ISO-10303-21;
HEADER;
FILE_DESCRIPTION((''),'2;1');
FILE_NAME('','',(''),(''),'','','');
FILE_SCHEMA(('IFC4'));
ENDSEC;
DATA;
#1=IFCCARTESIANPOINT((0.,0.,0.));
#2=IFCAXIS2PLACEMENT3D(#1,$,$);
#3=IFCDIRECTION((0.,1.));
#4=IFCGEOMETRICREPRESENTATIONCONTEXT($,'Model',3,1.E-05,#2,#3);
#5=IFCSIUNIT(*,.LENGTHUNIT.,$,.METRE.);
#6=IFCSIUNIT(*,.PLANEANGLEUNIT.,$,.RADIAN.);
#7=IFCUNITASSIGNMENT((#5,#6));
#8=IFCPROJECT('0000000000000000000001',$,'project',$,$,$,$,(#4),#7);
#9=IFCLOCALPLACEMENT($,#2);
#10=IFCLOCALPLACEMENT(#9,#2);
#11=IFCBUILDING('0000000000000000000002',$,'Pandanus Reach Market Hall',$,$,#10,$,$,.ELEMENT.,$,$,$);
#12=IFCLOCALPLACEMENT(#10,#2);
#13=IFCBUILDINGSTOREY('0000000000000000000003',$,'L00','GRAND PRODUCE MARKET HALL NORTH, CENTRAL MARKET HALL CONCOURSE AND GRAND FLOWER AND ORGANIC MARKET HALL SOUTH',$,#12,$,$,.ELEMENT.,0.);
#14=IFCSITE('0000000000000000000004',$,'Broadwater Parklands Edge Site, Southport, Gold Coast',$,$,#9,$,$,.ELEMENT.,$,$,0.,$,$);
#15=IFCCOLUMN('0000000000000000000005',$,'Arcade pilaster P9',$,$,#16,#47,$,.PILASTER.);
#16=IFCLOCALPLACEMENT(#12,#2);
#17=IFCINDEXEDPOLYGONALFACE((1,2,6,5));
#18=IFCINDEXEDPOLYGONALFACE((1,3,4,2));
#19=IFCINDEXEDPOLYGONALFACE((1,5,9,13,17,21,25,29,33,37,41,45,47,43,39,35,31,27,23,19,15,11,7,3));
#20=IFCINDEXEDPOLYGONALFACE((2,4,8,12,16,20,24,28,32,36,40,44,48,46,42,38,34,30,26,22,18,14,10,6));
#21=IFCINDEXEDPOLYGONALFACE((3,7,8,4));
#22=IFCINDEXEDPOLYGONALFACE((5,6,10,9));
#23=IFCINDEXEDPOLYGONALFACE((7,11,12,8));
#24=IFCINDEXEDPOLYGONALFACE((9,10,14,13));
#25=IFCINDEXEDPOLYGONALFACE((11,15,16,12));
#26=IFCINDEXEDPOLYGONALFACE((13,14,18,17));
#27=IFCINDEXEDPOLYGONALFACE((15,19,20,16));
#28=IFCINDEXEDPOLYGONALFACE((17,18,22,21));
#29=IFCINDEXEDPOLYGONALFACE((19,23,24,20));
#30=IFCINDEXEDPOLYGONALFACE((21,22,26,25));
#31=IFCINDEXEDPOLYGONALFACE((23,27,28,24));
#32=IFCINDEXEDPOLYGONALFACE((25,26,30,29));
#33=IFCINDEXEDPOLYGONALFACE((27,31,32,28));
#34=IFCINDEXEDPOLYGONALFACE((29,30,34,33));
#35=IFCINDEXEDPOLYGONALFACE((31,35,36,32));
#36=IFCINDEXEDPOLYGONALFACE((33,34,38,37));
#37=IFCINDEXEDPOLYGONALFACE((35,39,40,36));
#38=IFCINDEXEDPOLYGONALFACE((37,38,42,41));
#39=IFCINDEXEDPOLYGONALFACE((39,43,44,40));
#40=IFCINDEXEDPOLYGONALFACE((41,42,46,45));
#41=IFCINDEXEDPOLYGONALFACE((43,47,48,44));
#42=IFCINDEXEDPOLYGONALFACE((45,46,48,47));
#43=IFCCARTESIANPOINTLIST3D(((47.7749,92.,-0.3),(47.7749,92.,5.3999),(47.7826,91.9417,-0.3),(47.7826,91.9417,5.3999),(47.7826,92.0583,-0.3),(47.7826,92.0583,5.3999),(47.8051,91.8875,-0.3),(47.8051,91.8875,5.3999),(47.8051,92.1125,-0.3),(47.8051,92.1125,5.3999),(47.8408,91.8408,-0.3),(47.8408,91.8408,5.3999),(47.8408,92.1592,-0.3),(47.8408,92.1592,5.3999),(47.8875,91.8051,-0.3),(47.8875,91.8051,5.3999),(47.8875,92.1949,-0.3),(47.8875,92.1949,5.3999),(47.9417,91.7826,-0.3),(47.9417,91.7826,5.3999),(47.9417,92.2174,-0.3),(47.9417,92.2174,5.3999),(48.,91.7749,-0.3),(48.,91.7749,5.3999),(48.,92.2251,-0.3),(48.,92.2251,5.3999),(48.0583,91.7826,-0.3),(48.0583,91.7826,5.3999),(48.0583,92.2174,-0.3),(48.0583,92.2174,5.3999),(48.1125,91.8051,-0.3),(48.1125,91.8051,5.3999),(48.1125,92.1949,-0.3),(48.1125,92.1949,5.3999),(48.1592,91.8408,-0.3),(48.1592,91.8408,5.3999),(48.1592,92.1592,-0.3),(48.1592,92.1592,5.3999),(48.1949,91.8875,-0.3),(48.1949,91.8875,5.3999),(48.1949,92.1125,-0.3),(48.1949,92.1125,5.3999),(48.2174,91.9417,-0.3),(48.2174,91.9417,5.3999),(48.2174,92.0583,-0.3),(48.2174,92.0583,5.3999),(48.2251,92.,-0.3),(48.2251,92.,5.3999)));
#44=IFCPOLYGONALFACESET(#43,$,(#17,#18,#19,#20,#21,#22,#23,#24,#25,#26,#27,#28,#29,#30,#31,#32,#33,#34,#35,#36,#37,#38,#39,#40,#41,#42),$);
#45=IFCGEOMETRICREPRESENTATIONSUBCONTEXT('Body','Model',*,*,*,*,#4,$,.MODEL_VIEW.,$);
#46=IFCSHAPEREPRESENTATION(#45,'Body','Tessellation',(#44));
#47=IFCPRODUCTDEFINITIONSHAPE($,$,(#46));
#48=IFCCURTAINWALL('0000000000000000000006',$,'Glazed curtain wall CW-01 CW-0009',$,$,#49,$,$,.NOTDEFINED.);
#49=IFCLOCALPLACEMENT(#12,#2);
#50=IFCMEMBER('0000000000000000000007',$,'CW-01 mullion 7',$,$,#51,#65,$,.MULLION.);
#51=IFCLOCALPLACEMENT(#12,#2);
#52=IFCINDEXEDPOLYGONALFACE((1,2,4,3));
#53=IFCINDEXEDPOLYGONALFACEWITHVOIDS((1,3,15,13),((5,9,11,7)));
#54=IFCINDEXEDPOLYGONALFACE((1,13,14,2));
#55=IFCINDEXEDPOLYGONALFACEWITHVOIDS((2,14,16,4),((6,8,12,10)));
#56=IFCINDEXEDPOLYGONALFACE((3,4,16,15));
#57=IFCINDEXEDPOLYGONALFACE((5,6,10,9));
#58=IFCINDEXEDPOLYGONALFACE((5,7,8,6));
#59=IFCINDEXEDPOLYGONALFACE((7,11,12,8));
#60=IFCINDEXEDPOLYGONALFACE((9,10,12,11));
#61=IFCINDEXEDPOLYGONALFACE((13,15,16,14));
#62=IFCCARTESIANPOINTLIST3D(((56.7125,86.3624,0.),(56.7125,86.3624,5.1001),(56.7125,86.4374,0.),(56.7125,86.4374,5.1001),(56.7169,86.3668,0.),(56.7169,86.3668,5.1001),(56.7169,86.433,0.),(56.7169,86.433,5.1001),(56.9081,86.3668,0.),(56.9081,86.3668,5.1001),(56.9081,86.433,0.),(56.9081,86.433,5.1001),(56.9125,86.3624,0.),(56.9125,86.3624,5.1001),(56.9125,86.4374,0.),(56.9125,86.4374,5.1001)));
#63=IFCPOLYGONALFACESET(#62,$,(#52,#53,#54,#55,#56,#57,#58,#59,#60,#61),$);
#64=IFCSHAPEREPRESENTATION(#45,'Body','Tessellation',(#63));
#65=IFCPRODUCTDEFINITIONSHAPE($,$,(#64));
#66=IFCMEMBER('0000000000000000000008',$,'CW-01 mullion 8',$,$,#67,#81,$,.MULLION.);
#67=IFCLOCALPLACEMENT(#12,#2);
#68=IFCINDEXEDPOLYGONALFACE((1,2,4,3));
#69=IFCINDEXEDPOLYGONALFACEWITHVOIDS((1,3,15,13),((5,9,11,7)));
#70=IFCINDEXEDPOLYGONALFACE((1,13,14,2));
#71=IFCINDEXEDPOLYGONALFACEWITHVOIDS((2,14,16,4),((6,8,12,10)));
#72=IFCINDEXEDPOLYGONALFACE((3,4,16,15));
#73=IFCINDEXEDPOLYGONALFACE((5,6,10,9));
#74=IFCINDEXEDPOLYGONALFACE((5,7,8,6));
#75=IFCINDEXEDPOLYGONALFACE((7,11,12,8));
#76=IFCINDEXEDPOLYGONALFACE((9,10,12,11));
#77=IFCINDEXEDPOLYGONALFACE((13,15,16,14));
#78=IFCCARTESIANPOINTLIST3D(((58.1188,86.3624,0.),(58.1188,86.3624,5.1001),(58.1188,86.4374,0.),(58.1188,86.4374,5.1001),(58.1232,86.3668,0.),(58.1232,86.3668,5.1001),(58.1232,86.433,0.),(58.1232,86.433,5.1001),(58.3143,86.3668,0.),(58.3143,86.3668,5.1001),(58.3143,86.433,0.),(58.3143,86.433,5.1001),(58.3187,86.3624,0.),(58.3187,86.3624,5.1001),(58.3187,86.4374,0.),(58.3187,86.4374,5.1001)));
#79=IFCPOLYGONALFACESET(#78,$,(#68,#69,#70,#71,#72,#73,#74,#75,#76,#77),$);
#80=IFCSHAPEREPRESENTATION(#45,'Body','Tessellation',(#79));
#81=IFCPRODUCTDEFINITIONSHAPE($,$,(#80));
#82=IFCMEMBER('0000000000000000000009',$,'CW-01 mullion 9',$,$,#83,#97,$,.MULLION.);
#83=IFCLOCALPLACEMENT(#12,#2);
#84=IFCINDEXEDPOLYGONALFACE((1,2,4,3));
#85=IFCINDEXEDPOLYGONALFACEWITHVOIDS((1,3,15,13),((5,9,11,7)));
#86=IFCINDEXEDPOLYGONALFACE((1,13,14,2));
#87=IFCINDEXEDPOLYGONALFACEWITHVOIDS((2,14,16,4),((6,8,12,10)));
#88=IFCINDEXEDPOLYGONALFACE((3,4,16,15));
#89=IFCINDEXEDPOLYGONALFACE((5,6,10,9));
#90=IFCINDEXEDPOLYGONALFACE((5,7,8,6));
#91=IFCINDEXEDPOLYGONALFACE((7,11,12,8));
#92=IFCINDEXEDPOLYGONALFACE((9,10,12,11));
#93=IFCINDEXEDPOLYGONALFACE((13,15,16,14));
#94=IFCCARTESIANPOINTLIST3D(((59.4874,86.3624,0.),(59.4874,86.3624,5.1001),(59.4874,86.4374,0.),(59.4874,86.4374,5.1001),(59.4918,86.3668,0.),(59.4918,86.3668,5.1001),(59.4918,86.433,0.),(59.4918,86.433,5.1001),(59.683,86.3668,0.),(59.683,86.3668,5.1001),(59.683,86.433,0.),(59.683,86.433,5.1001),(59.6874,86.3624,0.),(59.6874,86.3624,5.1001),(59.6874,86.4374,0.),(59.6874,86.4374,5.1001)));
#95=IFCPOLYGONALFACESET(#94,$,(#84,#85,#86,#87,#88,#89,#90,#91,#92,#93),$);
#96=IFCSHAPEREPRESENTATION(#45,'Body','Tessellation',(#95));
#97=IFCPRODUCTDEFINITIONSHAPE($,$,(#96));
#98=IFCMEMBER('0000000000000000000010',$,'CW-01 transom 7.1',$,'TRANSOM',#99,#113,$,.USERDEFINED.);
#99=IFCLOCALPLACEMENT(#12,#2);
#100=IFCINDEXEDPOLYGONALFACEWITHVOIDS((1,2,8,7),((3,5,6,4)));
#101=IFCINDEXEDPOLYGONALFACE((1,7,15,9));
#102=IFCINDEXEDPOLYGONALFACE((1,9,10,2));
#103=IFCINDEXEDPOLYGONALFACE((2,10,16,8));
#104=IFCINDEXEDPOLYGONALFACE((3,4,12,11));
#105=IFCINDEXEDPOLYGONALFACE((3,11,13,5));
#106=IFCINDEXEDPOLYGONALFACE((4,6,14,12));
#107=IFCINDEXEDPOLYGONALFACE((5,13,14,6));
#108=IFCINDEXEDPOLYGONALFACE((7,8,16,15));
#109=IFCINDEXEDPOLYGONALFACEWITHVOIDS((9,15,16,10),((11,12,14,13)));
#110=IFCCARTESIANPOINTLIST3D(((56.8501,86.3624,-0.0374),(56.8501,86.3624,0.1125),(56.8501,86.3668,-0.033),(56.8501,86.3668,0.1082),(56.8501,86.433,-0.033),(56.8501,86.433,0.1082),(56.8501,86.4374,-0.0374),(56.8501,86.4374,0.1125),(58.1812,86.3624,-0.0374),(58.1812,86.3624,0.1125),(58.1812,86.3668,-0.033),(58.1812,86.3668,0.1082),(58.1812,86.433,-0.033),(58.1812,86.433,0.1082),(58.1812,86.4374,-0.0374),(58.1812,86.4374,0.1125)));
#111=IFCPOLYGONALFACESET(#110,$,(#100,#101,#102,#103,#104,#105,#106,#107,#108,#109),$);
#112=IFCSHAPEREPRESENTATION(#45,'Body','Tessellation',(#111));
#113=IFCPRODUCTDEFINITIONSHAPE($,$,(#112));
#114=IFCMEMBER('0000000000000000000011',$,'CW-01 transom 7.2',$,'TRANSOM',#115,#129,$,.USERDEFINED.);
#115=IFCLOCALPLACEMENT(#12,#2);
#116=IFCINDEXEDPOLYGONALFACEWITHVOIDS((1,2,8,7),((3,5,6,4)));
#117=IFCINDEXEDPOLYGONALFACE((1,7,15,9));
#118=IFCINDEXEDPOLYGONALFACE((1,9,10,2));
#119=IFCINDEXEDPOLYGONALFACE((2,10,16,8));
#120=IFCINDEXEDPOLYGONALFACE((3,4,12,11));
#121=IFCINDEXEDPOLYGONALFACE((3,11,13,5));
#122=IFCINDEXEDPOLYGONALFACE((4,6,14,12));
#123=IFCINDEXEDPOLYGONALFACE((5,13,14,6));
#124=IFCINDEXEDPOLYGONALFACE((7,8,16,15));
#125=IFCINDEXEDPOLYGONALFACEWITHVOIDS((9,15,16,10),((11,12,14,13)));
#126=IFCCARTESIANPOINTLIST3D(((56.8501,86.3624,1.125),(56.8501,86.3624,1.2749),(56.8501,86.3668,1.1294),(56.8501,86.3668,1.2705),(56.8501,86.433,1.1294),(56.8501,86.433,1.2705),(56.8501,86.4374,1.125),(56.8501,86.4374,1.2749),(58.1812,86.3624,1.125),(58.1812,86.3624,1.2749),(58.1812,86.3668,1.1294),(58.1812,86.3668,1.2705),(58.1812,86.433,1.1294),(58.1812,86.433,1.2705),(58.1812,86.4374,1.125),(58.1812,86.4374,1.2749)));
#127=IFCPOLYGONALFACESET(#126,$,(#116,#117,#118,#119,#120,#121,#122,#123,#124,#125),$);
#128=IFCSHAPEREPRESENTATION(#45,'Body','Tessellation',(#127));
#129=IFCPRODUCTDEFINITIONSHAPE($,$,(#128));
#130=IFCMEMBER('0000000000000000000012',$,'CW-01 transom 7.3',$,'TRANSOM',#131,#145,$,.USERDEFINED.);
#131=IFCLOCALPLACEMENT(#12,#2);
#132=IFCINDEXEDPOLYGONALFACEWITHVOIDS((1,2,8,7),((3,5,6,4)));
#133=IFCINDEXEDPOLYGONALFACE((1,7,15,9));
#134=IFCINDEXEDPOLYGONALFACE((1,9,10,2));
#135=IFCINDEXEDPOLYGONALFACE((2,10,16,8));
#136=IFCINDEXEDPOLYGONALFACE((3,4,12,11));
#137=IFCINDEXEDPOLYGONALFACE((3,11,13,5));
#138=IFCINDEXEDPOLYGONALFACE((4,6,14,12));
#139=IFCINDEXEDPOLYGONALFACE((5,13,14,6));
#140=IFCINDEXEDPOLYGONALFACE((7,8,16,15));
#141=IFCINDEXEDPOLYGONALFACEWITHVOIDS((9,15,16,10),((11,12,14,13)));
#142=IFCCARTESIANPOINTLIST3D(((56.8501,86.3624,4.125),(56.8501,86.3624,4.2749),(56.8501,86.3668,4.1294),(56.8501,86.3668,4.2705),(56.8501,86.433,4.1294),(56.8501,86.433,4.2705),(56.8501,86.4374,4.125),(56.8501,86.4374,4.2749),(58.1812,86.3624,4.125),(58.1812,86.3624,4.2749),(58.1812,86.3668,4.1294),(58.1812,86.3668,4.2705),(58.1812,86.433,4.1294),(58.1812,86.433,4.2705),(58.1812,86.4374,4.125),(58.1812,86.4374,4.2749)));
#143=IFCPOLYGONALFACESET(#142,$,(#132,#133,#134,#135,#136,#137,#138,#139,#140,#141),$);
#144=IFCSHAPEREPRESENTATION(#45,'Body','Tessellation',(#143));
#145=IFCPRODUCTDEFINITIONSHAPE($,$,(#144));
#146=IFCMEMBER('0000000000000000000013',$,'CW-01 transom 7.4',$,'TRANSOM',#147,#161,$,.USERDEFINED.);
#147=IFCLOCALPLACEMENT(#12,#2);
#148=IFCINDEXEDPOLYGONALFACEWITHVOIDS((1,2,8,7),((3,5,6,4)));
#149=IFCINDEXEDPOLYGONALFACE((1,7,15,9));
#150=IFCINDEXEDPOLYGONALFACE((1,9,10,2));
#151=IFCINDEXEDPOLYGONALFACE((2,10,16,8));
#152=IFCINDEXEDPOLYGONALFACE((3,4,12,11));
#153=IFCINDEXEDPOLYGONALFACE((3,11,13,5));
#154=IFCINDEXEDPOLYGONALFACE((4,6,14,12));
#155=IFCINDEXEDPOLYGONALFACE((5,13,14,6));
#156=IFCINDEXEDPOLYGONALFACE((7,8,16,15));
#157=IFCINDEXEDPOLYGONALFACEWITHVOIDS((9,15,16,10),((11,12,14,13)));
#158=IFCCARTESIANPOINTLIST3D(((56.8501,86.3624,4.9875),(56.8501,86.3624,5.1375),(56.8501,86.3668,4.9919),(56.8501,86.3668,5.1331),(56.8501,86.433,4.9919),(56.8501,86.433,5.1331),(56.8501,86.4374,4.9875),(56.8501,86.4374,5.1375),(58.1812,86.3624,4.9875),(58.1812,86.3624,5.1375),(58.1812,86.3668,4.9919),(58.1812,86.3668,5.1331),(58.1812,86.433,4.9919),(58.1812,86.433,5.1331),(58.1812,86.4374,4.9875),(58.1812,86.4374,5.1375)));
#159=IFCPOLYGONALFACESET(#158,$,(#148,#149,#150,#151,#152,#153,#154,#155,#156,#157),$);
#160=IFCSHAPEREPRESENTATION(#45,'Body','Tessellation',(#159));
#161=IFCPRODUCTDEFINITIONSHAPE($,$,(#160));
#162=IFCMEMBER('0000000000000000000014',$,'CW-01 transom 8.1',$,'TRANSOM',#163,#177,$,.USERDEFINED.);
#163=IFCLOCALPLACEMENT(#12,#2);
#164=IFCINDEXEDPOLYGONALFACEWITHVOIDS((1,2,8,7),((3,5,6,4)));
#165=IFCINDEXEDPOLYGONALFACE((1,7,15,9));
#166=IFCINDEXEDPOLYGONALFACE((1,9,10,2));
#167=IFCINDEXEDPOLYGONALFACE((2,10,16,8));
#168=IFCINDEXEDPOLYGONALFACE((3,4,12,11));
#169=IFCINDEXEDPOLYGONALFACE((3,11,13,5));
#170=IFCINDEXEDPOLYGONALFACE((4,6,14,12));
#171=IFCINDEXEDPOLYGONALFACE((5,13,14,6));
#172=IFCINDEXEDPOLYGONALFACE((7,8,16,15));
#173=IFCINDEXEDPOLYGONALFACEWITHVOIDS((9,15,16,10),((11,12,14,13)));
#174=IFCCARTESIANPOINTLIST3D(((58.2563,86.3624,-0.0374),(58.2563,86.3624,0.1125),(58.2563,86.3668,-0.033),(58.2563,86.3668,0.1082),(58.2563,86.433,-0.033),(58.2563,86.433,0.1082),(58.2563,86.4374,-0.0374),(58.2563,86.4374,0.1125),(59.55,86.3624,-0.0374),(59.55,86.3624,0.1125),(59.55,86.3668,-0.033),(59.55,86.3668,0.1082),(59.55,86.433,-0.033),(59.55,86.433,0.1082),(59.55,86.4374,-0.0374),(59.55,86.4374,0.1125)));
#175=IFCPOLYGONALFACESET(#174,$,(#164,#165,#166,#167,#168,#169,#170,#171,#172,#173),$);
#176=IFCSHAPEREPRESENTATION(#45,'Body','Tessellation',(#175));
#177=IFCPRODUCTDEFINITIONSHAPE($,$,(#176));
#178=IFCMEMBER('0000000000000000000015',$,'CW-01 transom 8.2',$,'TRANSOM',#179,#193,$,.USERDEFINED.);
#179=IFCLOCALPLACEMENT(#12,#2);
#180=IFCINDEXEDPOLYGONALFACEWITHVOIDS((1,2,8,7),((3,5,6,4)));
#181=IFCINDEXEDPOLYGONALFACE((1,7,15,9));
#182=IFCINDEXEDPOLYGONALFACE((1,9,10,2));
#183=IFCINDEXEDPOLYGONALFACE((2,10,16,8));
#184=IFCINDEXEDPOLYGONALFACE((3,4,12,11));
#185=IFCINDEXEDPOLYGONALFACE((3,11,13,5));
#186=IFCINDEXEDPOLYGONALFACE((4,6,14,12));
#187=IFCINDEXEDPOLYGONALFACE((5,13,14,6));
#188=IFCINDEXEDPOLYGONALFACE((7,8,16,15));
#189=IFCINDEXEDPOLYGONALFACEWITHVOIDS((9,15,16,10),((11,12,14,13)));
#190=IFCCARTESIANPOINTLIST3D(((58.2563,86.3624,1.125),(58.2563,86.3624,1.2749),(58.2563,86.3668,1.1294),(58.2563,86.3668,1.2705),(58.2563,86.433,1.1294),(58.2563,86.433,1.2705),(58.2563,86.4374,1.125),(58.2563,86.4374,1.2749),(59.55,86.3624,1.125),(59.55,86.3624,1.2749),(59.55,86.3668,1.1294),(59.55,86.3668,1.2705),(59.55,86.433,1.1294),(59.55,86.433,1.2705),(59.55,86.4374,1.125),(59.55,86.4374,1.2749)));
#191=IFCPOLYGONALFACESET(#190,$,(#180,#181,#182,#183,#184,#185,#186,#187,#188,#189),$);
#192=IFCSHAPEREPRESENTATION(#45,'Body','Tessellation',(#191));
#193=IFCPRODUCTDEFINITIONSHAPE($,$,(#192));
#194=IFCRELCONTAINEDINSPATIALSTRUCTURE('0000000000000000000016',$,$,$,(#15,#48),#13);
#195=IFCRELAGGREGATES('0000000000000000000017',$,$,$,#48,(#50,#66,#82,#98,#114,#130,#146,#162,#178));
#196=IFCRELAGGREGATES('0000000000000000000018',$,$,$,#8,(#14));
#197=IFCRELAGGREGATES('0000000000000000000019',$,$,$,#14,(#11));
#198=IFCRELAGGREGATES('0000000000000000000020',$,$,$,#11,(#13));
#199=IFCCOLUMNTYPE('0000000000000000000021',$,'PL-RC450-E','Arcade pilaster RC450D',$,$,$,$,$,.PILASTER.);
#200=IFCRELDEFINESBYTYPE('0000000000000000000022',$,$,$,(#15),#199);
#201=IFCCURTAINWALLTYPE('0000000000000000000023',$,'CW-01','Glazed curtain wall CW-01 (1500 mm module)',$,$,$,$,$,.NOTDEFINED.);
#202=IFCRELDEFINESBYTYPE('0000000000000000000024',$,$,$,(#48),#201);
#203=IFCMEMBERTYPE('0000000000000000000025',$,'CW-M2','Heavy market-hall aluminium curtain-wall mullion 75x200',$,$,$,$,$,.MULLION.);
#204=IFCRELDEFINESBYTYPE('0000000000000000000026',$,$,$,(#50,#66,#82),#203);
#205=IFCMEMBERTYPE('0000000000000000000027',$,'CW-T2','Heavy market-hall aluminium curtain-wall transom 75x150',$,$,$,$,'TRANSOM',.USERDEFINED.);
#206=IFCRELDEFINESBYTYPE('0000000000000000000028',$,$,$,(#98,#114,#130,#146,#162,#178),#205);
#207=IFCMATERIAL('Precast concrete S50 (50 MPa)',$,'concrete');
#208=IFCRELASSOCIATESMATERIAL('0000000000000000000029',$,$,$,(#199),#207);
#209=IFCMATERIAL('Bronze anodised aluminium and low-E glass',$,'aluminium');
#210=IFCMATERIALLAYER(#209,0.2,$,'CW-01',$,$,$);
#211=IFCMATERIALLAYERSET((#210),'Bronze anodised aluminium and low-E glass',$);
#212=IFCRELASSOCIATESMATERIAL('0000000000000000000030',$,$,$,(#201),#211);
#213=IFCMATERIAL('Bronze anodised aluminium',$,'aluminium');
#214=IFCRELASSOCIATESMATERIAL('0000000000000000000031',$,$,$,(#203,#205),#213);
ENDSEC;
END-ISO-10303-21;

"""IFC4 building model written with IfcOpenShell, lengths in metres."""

from ifc_helpers import new_model, si_unit, direction, frame, origin, origin_2d, place, context, subcontext, project, spatial, hollow_rectangle, circle, extrude, material, layer, layer_set, material_profile, profile_set, type_object, element, aggregate, save


model = new_model("IFC4")

# Units and contexts
model_context = context("Model", 3, precision=1e-05, world=origin(), true_north=direction((0.0, 1.0)))
body_context = subcontext(model_context, "Body", "Model", "MODEL_VIEW")
ifc_project = project(units=[si_unit("LENGTHUNIT", "METRE"), si_unit("PLANEANGLEUNIT", "RADIAN")], contexts=[model_context])

# Site, building, storey
site_placement = place(None, origin())
site = spatial("IfcSite", under=ifc_project, at=site_placement, Name="Broadwater Parklands Edge Site, Southport, Gold Coast", CompositionType="ELEMENT", RefElevation=0.0)
building_placement = place(site_placement, origin())
building = spatial("IfcBuilding", under=site, at=building_placement, Name="Pandanus Reach Market Hall", CompositionType="ELEMENT")
storey_placement = place(building_placement, origin())
storey = spatial("IfcBuildingStorey", under=building, at=storey_placement, Name="L00", Description="GRAND PRODUCE MARKET HALL NORTH, CENTRAL MARKET HALL CONCOURSE AND GRAND FLOWER AND ORGANIC MARKET HALL SOUTH", CompositionType="ELEMENT", Elevation=0.0)

# Column
ifc_material_1 = material(Name="Precast concrete S50 (50 MPa)", Category="concrete")
ifc_material_profile_1 = material_profile(ifc_material_1, circle(Radius=0.2251, at=origin_2d()), Name="RC450D", Category="LoadBearing")
ifc_profile_set_1 = profile_set([ifc_material_profile_1], Name="Precast concrete S50 (50 MPa)")
column_type = type_object("IfcColumnType", Name="PL-RC450-E", Description="Arcade pilaster RC450D", PredefinedType="PILASTER", material=ifc_profile_set_1)
column_placement = place(storey_placement, frame((48.0, 92.0, -0.3), z_axis=(0.0, 0.0, 1.0), x_axis=(1.0, 0.0, 0.0)))
element("IfcColumn", 1, at=column_placement, inside=storey, type_object=column_type, Name="Arcade pilaster P9", PredefinedType="PILASTER", context=body_context, shape_type="SweptSolid", body=[
    extrude(circle(Radius=0.2251, at=origin_2d()), origin(), (0.0, 0.0, 1.0), 5.7),
])

# Curtain wall, members
ifc_material_2 = material(Name="Bronze anodised aluminium and low-E glass", Category="aluminium")
ifc_layer_1 = layer(ifc_material_2, 0.2, Name="CW-01")
ifc_layer_set_1 = layer_set([ifc_layer_1], Name="Bronze anodised aluminium and low-E glass")
curtain_wall_type = type_object("IfcCurtainWallType", Name="CW-01", Description="Glazed curtain wall CW-01 (1500 mm module)", PredefinedType="NOTDEFINED", material=ifc_layer_set_1)
curtain_wall_placement = place(storey_placement, origin())
curtain_wall = element("IfcCurtainWall", 2, at=curtain_wall_placement, inside=storey, type_object=curtain_wall_type, Name="Glazed curtain wall CW-01 CW-0009", PredefinedType="NOTDEFINED")
ifc_material_3 = material(Name="Bronze anodised aluminium", Category="aluminium")
ifc_material_profile_2 = material_profile(ifc_material_3, hollow_rectangle(XDim=0.075, YDim=0.2, WallThickness=0.0044, at=origin_2d()), Name="ALU75x200", Category="LoadBearing")
ifc_profile_set_2 = profile_set([ifc_material_profile_2], Name="Bronze anodised aluminium")
member_type_1 = type_object("IfcMemberType", Name="CW-M2", Description="Heavy market-hall aluminium curtain-wall mullion 75x200", PredefinedType="MULLION", material=ifc_profile_set_2)
member_1_placement = place(storey_placement, frame((56.8125, 86.3999, 0.0), z_axis=(0.0, 0.0, 1.0), x_axis=(0.0, 1.0, 0.0)))
member_1 = element("IfcMember", 3, at=member_1_placement, type_object=member_type_1, Name="CW-01 mullion 7", PredefinedType="MULLION", context=body_context, shape_type="SweptSolid", body=[
    extrude(hollow_rectangle(XDim=0.075, YDim=0.2, WallThickness=0.0044, at=origin_2d()), origin(), (0.0, 0.0, 1.0), 5.1001),
])
member_2_placement = place(storey_placement, frame((58.2188, 86.3999, 0.0), z_axis=(0.0, 0.0, 1.0), x_axis=(0.0, 1.0, 0.0)))
member_2 = element("IfcMember", 4, at=member_2_placement, type_object=member_type_1, Name="CW-01 mullion 8", PredefinedType="MULLION", context=body_context, shape_type="SweptSolid", body=[
    extrude(hollow_rectangle(XDim=0.075, YDim=0.2, WallThickness=0.0044, at=origin_2d()), origin(), (0.0, 0.0, 1.0), 5.1001),
])
member_3_placement = place(storey_placement, frame((59.5874, 86.3999, 0.0), z_axis=(0.0, 0.0, 1.0), x_axis=(0.0, 1.0, 0.0)))
member_3 = element("IfcMember", 5, at=member_3_placement, type_object=member_type_1, Name="CW-01 mullion 9", PredefinedType="MULLION", context=body_context, shape_type="SweptSolid", body=[
    extrude(hollow_rectangle(XDim=0.075, YDim=0.2, WallThickness=0.0044, at=origin_2d()), origin(), (0.0, 0.0, 1.0), 5.1001),
])
ifc_material_profile_3 = material_profile(ifc_material_3, hollow_rectangle(XDim=0.075, YDim=0.1499, WallThickness=0.0044, at=origin_2d()), Name="ALU75x150", Category="LoadBearing")
ifc_profile_set_3 = profile_set([ifc_material_profile_3], Name="Bronze anodised aluminium")
member_type_2 = type_object("IfcMemberType", Name="CW-T2", Description="Heavy market-hall aluminium curtain-wall transom 75x150", ElementType="TRANSOM", PredefinedType="USERDEFINED", material=ifc_profile_set_3)
member_4_placement = place(storey_placement, frame((56.8501, 86.3999, 0.0376), z_axis=(1.0, 0.0, 0.0), x_axis=(0.0, 1.0, 0.0)))
member_4 = element("IfcMember", 6, at=member_4_placement, type_object=member_type_2, Name="CW-01 transom 7.1", ObjectType="TRANSOM", PredefinedType="USERDEFINED", context=body_context, shape_type="SweptSolid", body=[
    extrude(hollow_rectangle(XDim=0.075, YDim=0.1499, WallThickness=0.0044, at=origin_2d()), origin(), (0.0, 0.0, 1.0), 1.3311),
])
member_5_placement = place(storey_placement, frame((56.8501, 86.3999, 1.2), z_axis=(1.0, 0.0, 0.0), x_axis=(0.0, 1.0, 0.0)))
member_5 = element("IfcMember", 7, at=member_5_placement, type_object=member_type_2, Name="CW-01 transom 7.2", ObjectType="TRANSOM", PredefinedType="USERDEFINED", context=body_context, shape_type="SweptSolid", body=[
    extrude(hollow_rectangle(XDim=0.075, YDim=0.1499, WallThickness=0.0044, at=origin_2d()), origin(), (0.0, 0.0, 1.0), 1.3311),
])
member_6_placement = place(storey_placement, frame((56.8501, 86.3999, 4.2), z_axis=(1.0, 0.0, 0.0), x_axis=(0.0, 1.0, 0.0)))
member_6 = element("IfcMember", 8, at=member_6_placement, type_object=member_type_2, Name="CW-01 transom 7.3", ObjectType="TRANSOM", PredefinedType="USERDEFINED", context=body_context, shape_type="SweptSolid", body=[
    extrude(hollow_rectangle(XDim=0.075, YDim=0.1499, WallThickness=0.0044, at=origin_2d()), origin(), (0.0, 0.0, 1.0), 1.3311),
])
member_7_placement = place(storey_placement, frame((56.8501, 86.3999, 5.0625), z_axis=(1.0, 0.0, 0.0), x_axis=(0.0, 1.0, 0.0)))
member_7 = element("IfcMember", 9, at=member_7_placement, type_object=member_type_2, Name="CW-01 transom 7.4", ObjectType="TRANSOM", PredefinedType="USERDEFINED", context=body_context, shape_type="SweptSolid", body=[
    extrude(hollow_rectangle(XDim=0.075, YDim=0.1499, WallThickness=0.0044, at=origin_2d()), origin(), (0.0, 0.0, 1.0), 1.3311),
])
member_8_placement = place(storey_placement, frame((58.2563, 86.3999, 0.0376), z_axis=(1.0, 0.0, 0.0), x_axis=(0.0, 1.0, 0.0)))
member_8 = element("IfcMember", 10, at=member_8_placement, type_object=member_type_2, Name="CW-01 transom 8.1", ObjectType="TRANSOM", PredefinedType="USERDEFINED", context=body_context, shape_type="SweptSolid", body=[
    extrude(hollow_rectangle(XDim=0.075, YDim=0.1499, WallThickness=0.0044, at=origin_2d()), origin(), (0.0, 0.0, 1.0), 1.2937),
])
member_9_placement = place(storey_placement, frame((58.2563, 86.3999, 1.2), z_axis=(1.0, 0.0, 0.0), x_axis=(0.0, 1.0, 0.0)))
member_9 = element("IfcMember", 11, at=member_9_placement, type_object=member_type_2, Name="CW-01 transom 8.2", ObjectType="TRANSOM", PredefinedType="USERDEFINED", context=body_context, shape_type="SweptSolid", body=[
    extrude(hollow_rectangle(XDim=0.075, YDim=0.1499, WallThickness=0.0044, at=origin_2d()), origin(), (0.0, 0.0, 1.0), 1.2937),
])
aggregate(curtain_wall, [member_1, member_2, member_3, member_4, member_5, member_6, member_7, member_8, member_9])

save(model, "model.ifc")
